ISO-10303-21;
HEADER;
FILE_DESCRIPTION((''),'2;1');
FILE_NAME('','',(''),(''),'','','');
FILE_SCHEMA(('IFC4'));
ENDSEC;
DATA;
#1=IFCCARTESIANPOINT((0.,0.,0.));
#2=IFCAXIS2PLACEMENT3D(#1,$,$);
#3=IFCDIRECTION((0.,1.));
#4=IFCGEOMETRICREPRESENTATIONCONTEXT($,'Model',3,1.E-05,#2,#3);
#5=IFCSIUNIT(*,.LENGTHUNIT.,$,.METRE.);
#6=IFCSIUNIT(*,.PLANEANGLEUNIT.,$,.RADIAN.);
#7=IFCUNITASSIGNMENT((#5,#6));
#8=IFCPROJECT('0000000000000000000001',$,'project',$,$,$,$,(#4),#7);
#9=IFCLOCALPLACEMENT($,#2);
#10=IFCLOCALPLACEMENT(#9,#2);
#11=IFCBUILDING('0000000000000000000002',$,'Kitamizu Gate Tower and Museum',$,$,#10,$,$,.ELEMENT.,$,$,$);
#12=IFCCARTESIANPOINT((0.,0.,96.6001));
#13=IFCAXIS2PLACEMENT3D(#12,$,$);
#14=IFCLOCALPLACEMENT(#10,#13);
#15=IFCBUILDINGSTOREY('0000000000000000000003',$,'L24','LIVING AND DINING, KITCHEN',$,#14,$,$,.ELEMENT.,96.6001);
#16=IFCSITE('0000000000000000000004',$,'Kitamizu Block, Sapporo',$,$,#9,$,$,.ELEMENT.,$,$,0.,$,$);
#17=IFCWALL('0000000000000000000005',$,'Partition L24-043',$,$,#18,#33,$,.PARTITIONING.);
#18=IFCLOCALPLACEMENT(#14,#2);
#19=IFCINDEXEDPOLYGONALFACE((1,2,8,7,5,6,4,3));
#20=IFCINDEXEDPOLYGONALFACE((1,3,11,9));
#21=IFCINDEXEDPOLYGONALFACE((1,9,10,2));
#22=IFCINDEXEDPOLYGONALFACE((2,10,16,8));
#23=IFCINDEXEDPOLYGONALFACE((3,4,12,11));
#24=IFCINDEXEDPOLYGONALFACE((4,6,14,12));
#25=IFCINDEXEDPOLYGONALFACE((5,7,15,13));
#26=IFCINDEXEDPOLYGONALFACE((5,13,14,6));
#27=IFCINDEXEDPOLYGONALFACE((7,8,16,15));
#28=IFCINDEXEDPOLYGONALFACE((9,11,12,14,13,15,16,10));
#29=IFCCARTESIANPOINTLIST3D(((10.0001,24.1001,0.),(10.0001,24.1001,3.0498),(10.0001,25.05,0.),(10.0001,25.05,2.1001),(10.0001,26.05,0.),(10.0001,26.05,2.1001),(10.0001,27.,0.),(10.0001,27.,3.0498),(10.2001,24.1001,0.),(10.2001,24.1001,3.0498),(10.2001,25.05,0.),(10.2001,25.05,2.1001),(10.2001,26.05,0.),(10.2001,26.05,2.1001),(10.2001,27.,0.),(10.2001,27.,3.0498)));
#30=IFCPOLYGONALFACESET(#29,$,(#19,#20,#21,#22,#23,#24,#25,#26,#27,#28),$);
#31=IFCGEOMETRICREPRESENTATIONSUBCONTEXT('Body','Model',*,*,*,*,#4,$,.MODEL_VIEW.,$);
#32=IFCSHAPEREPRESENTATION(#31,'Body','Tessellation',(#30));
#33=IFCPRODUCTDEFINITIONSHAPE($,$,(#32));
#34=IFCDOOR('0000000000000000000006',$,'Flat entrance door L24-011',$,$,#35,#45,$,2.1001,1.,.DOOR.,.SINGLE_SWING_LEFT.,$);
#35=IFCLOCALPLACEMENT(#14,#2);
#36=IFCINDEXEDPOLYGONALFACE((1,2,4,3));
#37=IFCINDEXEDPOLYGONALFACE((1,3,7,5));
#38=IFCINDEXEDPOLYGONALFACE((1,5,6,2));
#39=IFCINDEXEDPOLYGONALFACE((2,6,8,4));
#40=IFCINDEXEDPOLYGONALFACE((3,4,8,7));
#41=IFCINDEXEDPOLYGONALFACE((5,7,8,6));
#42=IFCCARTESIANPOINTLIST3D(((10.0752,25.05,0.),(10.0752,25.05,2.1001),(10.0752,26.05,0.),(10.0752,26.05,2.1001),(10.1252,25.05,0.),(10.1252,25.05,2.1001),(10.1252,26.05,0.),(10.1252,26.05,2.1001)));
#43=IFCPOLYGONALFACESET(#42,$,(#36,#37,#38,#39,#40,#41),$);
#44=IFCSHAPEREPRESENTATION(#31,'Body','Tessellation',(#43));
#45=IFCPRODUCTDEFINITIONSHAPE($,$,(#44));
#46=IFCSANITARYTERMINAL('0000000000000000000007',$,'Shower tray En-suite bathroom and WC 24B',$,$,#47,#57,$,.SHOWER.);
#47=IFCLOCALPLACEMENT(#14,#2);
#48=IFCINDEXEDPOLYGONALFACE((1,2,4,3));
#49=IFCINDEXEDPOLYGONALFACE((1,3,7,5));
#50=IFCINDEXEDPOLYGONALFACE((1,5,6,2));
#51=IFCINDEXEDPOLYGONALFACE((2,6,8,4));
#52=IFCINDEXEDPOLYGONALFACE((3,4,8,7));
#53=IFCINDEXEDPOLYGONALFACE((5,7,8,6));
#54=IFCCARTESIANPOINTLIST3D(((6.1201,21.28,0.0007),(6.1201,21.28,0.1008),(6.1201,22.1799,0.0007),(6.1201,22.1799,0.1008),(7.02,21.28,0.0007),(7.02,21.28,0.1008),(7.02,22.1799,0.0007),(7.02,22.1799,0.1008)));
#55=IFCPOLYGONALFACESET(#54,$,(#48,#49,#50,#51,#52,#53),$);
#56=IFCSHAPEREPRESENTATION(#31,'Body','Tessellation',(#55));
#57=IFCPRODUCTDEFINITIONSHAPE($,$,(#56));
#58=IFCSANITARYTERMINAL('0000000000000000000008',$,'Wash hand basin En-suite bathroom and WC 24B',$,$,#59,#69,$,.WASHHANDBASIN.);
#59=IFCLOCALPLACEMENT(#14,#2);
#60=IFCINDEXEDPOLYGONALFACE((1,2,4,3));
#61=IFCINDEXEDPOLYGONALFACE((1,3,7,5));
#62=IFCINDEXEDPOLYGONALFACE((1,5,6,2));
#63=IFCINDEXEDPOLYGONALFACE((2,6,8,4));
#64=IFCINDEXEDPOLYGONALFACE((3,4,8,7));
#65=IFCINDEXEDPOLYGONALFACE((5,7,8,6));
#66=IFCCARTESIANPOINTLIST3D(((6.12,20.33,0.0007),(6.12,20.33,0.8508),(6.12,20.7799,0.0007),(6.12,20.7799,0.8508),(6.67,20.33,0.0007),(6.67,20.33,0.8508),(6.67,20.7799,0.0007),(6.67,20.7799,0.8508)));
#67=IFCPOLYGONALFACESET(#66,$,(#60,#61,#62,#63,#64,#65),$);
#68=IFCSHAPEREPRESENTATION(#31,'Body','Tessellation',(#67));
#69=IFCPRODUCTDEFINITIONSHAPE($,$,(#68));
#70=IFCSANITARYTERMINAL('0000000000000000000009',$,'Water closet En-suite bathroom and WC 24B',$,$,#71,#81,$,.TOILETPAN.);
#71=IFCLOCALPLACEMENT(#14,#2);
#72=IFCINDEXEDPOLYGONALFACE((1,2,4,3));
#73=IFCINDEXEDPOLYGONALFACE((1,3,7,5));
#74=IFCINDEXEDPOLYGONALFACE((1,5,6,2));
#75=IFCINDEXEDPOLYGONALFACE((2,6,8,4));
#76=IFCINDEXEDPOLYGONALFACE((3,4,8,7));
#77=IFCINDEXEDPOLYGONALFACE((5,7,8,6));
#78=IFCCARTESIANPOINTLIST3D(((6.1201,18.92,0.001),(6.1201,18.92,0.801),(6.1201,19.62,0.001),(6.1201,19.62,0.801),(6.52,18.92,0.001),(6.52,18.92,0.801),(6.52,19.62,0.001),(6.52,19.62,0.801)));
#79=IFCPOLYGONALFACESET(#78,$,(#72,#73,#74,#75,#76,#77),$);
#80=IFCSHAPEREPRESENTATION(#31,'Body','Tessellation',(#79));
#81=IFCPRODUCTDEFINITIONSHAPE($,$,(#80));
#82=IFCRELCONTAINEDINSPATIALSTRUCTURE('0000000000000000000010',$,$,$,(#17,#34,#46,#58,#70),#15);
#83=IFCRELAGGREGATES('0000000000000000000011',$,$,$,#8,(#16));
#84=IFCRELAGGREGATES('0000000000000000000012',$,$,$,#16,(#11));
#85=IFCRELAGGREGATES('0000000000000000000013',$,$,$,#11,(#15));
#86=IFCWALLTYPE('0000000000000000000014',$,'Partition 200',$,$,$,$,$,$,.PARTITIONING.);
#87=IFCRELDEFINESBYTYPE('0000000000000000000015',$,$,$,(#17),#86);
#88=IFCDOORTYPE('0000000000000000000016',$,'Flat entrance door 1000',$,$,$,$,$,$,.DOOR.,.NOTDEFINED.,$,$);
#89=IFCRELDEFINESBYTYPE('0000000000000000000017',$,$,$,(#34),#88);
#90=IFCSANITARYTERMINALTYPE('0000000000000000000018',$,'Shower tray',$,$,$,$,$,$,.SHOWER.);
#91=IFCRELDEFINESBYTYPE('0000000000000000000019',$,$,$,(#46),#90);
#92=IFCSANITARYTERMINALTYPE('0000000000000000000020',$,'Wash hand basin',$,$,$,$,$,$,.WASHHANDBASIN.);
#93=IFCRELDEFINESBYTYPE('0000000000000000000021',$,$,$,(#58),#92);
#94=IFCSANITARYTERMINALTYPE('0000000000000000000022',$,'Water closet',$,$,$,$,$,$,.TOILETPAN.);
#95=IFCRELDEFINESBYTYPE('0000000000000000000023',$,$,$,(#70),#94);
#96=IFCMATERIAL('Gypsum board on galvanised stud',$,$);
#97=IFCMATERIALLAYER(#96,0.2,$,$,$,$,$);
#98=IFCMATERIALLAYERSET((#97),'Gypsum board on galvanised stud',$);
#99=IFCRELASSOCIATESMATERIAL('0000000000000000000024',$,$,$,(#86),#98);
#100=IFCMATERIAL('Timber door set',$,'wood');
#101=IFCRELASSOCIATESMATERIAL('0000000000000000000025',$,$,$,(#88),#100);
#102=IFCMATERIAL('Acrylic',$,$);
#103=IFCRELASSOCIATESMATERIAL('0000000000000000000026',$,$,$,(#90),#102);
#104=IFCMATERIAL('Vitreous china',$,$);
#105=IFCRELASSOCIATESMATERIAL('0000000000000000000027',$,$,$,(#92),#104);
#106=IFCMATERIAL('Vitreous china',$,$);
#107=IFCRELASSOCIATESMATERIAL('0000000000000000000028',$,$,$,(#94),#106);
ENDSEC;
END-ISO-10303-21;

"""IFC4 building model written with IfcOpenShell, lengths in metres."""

from ifc_helpers import new_model, si_unit, direction, frame, frame_2d, origin, origin_2d, place, context, subcontext, project, spatial, rectangle, extrude, material, layer, layer_set, type_object, element, fill, save


model = new_model("IFC4")

# Units and contexts
model_context = context("Model", 3, precision=1e-05, world=origin(), true_north=direction((0.0, 1.0)))
body_context = subcontext(model_context, "Body", "Model", "MODEL_VIEW")
ifc_project = project(units=[si_unit("LENGTHUNIT", "METRE"), si_unit("PLANEANGLEUNIT", "RADIAN")], contexts=[model_context])

# Site, building, storey
site_placement = place(None, origin())
site = spatial("IfcSite", under=ifc_project, at=site_placement, Name="Kitamizu Block, Sapporo", CompositionType="ELEMENT", RefElevation=0.0)
building_placement = place(site_placement, origin())
building = spatial("IfcBuilding", under=site, at=building_placement, Name="Kitamizu Gate Tower and Museum", CompositionType="ELEMENT")
storey_placement = place(building_placement, frame((0.0, 0.0, 96.6001)))
storey = spatial("IfcBuildingStorey", under=building, at=storey_placement, Name="L24", Description="LIVING AND DINING, KITCHEN", CompositionType="ELEMENT", Elevation=96.6001)

# Shared definitions
ifc_material_1 = material(Name="Gypsum board on galvanised stud")
ifc_layer_1 = layer(ifc_material_1, 0.2)
ifc_layer_set_1 = layer_set([ifc_layer_1], Name="Gypsum board on galvanised stud")
wall_type_1 = type_object("IfcWallType", Name="Partition 200", PredefinedType="PARTITIONING", material=ifc_layer_set_1)

# Wall, opening, door
wall_1_placement = place(storey_placement, frame((10.1001, 24.1001, 0.0), z_axis=(0.0, 0.0, 1.0), x_axis=(0.0, 1.0, 0.0)))
wall_1 = element("IfcWall", 1, at=wall_1_placement, inside=storey, type_object=wall_type_1, Name="Partition L24-043", PredefinedType="PARTITIONING", context=body_context, shape_type="SweptSolid", body=[
    extrude(rectangle(XDim=2.8999, YDim=0.2, at=frame_2d((1.45, 0.0))), origin(), (0.0, 0.0, 1.0), 3.0498),
])
opening_1_placement = place(wall_1_placement, frame((0.95, 0.0, 0.0)))
opening_1 = element("IfcOpeningElement", 2, at=opening_1_placement, cuts=wall_1, PredefinedType="OPENING", context=body_context, shape_type="SweptSolid", body=[
    extrude(rectangle(XDim=1.0, YDim=2.1001, at=frame_2d((0.5, 1.05))), frame((0.0, 0.1099, 0.0), z_axis=(0.0, -1.0, 0.0), x_axis=(1.0, 0.0, 0.0)), (0.0, 0.0, 1.0), 0.22),
])
ifc_material_2 = material(Name="Timber door set", Category="wood")
door_type_1 = type_object("IfcDoorType", Name="Flat entrance door 1000", OperationType="NOTDEFINED", PredefinedType="DOOR", material=ifc_material_2)
door_1_placement = place(opening_1_placement, origin())
door_1 = element("IfcDoor", 3, at=door_1_placement, inside=storey, type_object=door_type_1, Name="Flat entrance door L24-011", OperationType="SINGLE_SWING_LEFT", OverallHeight=2.1001, OverallWidth=1.0, PredefinedType="DOOR", context=body_context, shape_type="SweptSolid", body=[
    extrude(rectangle(XDim=1.0, YDim=2.1001, at=frame_2d((0.5, 1.05))), frame((0.0, 0.0249, 0.0), z_axis=(0.0, -1.0, 0.0), x_axis=(1.0, 0.0, 0.0)), (0.0, 0.0, 1.0), 0.05),
])
fill(opening_1, door_1)

# Sanitary terminals
ifc_material_3 = material(Name="Acrylic")
sanitary_terminal_type_1 = type_object("IfcSanitaryTerminalType", Name="Shower tray", PredefinedType="SHOWER", material=ifc_material_3)
sanitary_terminal_1_placement = place(storey_placement, frame((6.5701, 21.73, 0.0007), z_axis=(0.0, 0.0, 1.0), x_axis=(1.0, 0.0, 0.0)))
element("IfcSanitaryTerminal", 4, at=sanitary_terminal_1_placement, inside=storey, type_object=sanitary_terminal_type_1, Name="Shower tray En-suite bathroom and WC 24B", PredefinedType="SHOWER", context=body_context, shape_type="SweptSolid", body=[
    extrude(rectangle(XDim=0.8999, YDim=0.8999, at=origin_2d()), origin(), (0.0, 0.0, 1.0), 0.1001),
])
ifc_material_4 = material(Name="Vitreous china")
sanitary_terminal_type_2 = type_object("IfcSanitaryTerminalType", Name="Wash hand basin", PredefinedType="WASHHANDBASIN", material=ifc_material_4)
sanitary_terminal_2_placement = place(storey_placement, frame((6.395, 20.5549, 0.0007), z_axis=(0.0, 0.0, 1.0), x_axis=(1.0, 0.0, 0.0)))
element("IfcSanitaryTerminal", 5, at=sanitary_terminal_2_placement, inside=storey, type_object=sanitary_terminal_type_2, Name="Wash hand basin En-suite bathroom and WC 24B", PredefinedType="WASHHANDBASIN", context=body_context, shape_type="SweptSolid", body=[
    extrude(rectangle(XDim=0.55, YDim=0.45, at=origin_2d()), origin(), (0.0, 0.0, 1.0), 0.8501),
])
ifc_material_5 = material(Name="Vitreous china")
sanitary_terminal_type_3 = type_object("IfcSanitaryTerminalType", Name="Water closet", PredefinedType="TOILETPAN", material=ifc_material_5)
sanitary_terminal_3_placement = place(storey_placement, frame((6.3201, 19.27, 0.001), z_axis=(0.0, 0.0, 1.0), x_axis=(1.0, 0.0, 0.0)))
element("IfcSanitaryTerminal", 6, at=sanitary_terminal_3_placement, inside=storey, type_object=sanitary_terminal_type_3, Name="Water closet En-suite bathroom and WC 24B", PredefinedType="TOILETPAN", context=body_context, shape_type="SweptSolid", body=[
    extrude(rectangle(XDim=0.3999, YDim=0.7, at=origin_2d()), origin(), (0.0, 0.0, 1.0), 0.8),
])

save(model, "model.ifc")
